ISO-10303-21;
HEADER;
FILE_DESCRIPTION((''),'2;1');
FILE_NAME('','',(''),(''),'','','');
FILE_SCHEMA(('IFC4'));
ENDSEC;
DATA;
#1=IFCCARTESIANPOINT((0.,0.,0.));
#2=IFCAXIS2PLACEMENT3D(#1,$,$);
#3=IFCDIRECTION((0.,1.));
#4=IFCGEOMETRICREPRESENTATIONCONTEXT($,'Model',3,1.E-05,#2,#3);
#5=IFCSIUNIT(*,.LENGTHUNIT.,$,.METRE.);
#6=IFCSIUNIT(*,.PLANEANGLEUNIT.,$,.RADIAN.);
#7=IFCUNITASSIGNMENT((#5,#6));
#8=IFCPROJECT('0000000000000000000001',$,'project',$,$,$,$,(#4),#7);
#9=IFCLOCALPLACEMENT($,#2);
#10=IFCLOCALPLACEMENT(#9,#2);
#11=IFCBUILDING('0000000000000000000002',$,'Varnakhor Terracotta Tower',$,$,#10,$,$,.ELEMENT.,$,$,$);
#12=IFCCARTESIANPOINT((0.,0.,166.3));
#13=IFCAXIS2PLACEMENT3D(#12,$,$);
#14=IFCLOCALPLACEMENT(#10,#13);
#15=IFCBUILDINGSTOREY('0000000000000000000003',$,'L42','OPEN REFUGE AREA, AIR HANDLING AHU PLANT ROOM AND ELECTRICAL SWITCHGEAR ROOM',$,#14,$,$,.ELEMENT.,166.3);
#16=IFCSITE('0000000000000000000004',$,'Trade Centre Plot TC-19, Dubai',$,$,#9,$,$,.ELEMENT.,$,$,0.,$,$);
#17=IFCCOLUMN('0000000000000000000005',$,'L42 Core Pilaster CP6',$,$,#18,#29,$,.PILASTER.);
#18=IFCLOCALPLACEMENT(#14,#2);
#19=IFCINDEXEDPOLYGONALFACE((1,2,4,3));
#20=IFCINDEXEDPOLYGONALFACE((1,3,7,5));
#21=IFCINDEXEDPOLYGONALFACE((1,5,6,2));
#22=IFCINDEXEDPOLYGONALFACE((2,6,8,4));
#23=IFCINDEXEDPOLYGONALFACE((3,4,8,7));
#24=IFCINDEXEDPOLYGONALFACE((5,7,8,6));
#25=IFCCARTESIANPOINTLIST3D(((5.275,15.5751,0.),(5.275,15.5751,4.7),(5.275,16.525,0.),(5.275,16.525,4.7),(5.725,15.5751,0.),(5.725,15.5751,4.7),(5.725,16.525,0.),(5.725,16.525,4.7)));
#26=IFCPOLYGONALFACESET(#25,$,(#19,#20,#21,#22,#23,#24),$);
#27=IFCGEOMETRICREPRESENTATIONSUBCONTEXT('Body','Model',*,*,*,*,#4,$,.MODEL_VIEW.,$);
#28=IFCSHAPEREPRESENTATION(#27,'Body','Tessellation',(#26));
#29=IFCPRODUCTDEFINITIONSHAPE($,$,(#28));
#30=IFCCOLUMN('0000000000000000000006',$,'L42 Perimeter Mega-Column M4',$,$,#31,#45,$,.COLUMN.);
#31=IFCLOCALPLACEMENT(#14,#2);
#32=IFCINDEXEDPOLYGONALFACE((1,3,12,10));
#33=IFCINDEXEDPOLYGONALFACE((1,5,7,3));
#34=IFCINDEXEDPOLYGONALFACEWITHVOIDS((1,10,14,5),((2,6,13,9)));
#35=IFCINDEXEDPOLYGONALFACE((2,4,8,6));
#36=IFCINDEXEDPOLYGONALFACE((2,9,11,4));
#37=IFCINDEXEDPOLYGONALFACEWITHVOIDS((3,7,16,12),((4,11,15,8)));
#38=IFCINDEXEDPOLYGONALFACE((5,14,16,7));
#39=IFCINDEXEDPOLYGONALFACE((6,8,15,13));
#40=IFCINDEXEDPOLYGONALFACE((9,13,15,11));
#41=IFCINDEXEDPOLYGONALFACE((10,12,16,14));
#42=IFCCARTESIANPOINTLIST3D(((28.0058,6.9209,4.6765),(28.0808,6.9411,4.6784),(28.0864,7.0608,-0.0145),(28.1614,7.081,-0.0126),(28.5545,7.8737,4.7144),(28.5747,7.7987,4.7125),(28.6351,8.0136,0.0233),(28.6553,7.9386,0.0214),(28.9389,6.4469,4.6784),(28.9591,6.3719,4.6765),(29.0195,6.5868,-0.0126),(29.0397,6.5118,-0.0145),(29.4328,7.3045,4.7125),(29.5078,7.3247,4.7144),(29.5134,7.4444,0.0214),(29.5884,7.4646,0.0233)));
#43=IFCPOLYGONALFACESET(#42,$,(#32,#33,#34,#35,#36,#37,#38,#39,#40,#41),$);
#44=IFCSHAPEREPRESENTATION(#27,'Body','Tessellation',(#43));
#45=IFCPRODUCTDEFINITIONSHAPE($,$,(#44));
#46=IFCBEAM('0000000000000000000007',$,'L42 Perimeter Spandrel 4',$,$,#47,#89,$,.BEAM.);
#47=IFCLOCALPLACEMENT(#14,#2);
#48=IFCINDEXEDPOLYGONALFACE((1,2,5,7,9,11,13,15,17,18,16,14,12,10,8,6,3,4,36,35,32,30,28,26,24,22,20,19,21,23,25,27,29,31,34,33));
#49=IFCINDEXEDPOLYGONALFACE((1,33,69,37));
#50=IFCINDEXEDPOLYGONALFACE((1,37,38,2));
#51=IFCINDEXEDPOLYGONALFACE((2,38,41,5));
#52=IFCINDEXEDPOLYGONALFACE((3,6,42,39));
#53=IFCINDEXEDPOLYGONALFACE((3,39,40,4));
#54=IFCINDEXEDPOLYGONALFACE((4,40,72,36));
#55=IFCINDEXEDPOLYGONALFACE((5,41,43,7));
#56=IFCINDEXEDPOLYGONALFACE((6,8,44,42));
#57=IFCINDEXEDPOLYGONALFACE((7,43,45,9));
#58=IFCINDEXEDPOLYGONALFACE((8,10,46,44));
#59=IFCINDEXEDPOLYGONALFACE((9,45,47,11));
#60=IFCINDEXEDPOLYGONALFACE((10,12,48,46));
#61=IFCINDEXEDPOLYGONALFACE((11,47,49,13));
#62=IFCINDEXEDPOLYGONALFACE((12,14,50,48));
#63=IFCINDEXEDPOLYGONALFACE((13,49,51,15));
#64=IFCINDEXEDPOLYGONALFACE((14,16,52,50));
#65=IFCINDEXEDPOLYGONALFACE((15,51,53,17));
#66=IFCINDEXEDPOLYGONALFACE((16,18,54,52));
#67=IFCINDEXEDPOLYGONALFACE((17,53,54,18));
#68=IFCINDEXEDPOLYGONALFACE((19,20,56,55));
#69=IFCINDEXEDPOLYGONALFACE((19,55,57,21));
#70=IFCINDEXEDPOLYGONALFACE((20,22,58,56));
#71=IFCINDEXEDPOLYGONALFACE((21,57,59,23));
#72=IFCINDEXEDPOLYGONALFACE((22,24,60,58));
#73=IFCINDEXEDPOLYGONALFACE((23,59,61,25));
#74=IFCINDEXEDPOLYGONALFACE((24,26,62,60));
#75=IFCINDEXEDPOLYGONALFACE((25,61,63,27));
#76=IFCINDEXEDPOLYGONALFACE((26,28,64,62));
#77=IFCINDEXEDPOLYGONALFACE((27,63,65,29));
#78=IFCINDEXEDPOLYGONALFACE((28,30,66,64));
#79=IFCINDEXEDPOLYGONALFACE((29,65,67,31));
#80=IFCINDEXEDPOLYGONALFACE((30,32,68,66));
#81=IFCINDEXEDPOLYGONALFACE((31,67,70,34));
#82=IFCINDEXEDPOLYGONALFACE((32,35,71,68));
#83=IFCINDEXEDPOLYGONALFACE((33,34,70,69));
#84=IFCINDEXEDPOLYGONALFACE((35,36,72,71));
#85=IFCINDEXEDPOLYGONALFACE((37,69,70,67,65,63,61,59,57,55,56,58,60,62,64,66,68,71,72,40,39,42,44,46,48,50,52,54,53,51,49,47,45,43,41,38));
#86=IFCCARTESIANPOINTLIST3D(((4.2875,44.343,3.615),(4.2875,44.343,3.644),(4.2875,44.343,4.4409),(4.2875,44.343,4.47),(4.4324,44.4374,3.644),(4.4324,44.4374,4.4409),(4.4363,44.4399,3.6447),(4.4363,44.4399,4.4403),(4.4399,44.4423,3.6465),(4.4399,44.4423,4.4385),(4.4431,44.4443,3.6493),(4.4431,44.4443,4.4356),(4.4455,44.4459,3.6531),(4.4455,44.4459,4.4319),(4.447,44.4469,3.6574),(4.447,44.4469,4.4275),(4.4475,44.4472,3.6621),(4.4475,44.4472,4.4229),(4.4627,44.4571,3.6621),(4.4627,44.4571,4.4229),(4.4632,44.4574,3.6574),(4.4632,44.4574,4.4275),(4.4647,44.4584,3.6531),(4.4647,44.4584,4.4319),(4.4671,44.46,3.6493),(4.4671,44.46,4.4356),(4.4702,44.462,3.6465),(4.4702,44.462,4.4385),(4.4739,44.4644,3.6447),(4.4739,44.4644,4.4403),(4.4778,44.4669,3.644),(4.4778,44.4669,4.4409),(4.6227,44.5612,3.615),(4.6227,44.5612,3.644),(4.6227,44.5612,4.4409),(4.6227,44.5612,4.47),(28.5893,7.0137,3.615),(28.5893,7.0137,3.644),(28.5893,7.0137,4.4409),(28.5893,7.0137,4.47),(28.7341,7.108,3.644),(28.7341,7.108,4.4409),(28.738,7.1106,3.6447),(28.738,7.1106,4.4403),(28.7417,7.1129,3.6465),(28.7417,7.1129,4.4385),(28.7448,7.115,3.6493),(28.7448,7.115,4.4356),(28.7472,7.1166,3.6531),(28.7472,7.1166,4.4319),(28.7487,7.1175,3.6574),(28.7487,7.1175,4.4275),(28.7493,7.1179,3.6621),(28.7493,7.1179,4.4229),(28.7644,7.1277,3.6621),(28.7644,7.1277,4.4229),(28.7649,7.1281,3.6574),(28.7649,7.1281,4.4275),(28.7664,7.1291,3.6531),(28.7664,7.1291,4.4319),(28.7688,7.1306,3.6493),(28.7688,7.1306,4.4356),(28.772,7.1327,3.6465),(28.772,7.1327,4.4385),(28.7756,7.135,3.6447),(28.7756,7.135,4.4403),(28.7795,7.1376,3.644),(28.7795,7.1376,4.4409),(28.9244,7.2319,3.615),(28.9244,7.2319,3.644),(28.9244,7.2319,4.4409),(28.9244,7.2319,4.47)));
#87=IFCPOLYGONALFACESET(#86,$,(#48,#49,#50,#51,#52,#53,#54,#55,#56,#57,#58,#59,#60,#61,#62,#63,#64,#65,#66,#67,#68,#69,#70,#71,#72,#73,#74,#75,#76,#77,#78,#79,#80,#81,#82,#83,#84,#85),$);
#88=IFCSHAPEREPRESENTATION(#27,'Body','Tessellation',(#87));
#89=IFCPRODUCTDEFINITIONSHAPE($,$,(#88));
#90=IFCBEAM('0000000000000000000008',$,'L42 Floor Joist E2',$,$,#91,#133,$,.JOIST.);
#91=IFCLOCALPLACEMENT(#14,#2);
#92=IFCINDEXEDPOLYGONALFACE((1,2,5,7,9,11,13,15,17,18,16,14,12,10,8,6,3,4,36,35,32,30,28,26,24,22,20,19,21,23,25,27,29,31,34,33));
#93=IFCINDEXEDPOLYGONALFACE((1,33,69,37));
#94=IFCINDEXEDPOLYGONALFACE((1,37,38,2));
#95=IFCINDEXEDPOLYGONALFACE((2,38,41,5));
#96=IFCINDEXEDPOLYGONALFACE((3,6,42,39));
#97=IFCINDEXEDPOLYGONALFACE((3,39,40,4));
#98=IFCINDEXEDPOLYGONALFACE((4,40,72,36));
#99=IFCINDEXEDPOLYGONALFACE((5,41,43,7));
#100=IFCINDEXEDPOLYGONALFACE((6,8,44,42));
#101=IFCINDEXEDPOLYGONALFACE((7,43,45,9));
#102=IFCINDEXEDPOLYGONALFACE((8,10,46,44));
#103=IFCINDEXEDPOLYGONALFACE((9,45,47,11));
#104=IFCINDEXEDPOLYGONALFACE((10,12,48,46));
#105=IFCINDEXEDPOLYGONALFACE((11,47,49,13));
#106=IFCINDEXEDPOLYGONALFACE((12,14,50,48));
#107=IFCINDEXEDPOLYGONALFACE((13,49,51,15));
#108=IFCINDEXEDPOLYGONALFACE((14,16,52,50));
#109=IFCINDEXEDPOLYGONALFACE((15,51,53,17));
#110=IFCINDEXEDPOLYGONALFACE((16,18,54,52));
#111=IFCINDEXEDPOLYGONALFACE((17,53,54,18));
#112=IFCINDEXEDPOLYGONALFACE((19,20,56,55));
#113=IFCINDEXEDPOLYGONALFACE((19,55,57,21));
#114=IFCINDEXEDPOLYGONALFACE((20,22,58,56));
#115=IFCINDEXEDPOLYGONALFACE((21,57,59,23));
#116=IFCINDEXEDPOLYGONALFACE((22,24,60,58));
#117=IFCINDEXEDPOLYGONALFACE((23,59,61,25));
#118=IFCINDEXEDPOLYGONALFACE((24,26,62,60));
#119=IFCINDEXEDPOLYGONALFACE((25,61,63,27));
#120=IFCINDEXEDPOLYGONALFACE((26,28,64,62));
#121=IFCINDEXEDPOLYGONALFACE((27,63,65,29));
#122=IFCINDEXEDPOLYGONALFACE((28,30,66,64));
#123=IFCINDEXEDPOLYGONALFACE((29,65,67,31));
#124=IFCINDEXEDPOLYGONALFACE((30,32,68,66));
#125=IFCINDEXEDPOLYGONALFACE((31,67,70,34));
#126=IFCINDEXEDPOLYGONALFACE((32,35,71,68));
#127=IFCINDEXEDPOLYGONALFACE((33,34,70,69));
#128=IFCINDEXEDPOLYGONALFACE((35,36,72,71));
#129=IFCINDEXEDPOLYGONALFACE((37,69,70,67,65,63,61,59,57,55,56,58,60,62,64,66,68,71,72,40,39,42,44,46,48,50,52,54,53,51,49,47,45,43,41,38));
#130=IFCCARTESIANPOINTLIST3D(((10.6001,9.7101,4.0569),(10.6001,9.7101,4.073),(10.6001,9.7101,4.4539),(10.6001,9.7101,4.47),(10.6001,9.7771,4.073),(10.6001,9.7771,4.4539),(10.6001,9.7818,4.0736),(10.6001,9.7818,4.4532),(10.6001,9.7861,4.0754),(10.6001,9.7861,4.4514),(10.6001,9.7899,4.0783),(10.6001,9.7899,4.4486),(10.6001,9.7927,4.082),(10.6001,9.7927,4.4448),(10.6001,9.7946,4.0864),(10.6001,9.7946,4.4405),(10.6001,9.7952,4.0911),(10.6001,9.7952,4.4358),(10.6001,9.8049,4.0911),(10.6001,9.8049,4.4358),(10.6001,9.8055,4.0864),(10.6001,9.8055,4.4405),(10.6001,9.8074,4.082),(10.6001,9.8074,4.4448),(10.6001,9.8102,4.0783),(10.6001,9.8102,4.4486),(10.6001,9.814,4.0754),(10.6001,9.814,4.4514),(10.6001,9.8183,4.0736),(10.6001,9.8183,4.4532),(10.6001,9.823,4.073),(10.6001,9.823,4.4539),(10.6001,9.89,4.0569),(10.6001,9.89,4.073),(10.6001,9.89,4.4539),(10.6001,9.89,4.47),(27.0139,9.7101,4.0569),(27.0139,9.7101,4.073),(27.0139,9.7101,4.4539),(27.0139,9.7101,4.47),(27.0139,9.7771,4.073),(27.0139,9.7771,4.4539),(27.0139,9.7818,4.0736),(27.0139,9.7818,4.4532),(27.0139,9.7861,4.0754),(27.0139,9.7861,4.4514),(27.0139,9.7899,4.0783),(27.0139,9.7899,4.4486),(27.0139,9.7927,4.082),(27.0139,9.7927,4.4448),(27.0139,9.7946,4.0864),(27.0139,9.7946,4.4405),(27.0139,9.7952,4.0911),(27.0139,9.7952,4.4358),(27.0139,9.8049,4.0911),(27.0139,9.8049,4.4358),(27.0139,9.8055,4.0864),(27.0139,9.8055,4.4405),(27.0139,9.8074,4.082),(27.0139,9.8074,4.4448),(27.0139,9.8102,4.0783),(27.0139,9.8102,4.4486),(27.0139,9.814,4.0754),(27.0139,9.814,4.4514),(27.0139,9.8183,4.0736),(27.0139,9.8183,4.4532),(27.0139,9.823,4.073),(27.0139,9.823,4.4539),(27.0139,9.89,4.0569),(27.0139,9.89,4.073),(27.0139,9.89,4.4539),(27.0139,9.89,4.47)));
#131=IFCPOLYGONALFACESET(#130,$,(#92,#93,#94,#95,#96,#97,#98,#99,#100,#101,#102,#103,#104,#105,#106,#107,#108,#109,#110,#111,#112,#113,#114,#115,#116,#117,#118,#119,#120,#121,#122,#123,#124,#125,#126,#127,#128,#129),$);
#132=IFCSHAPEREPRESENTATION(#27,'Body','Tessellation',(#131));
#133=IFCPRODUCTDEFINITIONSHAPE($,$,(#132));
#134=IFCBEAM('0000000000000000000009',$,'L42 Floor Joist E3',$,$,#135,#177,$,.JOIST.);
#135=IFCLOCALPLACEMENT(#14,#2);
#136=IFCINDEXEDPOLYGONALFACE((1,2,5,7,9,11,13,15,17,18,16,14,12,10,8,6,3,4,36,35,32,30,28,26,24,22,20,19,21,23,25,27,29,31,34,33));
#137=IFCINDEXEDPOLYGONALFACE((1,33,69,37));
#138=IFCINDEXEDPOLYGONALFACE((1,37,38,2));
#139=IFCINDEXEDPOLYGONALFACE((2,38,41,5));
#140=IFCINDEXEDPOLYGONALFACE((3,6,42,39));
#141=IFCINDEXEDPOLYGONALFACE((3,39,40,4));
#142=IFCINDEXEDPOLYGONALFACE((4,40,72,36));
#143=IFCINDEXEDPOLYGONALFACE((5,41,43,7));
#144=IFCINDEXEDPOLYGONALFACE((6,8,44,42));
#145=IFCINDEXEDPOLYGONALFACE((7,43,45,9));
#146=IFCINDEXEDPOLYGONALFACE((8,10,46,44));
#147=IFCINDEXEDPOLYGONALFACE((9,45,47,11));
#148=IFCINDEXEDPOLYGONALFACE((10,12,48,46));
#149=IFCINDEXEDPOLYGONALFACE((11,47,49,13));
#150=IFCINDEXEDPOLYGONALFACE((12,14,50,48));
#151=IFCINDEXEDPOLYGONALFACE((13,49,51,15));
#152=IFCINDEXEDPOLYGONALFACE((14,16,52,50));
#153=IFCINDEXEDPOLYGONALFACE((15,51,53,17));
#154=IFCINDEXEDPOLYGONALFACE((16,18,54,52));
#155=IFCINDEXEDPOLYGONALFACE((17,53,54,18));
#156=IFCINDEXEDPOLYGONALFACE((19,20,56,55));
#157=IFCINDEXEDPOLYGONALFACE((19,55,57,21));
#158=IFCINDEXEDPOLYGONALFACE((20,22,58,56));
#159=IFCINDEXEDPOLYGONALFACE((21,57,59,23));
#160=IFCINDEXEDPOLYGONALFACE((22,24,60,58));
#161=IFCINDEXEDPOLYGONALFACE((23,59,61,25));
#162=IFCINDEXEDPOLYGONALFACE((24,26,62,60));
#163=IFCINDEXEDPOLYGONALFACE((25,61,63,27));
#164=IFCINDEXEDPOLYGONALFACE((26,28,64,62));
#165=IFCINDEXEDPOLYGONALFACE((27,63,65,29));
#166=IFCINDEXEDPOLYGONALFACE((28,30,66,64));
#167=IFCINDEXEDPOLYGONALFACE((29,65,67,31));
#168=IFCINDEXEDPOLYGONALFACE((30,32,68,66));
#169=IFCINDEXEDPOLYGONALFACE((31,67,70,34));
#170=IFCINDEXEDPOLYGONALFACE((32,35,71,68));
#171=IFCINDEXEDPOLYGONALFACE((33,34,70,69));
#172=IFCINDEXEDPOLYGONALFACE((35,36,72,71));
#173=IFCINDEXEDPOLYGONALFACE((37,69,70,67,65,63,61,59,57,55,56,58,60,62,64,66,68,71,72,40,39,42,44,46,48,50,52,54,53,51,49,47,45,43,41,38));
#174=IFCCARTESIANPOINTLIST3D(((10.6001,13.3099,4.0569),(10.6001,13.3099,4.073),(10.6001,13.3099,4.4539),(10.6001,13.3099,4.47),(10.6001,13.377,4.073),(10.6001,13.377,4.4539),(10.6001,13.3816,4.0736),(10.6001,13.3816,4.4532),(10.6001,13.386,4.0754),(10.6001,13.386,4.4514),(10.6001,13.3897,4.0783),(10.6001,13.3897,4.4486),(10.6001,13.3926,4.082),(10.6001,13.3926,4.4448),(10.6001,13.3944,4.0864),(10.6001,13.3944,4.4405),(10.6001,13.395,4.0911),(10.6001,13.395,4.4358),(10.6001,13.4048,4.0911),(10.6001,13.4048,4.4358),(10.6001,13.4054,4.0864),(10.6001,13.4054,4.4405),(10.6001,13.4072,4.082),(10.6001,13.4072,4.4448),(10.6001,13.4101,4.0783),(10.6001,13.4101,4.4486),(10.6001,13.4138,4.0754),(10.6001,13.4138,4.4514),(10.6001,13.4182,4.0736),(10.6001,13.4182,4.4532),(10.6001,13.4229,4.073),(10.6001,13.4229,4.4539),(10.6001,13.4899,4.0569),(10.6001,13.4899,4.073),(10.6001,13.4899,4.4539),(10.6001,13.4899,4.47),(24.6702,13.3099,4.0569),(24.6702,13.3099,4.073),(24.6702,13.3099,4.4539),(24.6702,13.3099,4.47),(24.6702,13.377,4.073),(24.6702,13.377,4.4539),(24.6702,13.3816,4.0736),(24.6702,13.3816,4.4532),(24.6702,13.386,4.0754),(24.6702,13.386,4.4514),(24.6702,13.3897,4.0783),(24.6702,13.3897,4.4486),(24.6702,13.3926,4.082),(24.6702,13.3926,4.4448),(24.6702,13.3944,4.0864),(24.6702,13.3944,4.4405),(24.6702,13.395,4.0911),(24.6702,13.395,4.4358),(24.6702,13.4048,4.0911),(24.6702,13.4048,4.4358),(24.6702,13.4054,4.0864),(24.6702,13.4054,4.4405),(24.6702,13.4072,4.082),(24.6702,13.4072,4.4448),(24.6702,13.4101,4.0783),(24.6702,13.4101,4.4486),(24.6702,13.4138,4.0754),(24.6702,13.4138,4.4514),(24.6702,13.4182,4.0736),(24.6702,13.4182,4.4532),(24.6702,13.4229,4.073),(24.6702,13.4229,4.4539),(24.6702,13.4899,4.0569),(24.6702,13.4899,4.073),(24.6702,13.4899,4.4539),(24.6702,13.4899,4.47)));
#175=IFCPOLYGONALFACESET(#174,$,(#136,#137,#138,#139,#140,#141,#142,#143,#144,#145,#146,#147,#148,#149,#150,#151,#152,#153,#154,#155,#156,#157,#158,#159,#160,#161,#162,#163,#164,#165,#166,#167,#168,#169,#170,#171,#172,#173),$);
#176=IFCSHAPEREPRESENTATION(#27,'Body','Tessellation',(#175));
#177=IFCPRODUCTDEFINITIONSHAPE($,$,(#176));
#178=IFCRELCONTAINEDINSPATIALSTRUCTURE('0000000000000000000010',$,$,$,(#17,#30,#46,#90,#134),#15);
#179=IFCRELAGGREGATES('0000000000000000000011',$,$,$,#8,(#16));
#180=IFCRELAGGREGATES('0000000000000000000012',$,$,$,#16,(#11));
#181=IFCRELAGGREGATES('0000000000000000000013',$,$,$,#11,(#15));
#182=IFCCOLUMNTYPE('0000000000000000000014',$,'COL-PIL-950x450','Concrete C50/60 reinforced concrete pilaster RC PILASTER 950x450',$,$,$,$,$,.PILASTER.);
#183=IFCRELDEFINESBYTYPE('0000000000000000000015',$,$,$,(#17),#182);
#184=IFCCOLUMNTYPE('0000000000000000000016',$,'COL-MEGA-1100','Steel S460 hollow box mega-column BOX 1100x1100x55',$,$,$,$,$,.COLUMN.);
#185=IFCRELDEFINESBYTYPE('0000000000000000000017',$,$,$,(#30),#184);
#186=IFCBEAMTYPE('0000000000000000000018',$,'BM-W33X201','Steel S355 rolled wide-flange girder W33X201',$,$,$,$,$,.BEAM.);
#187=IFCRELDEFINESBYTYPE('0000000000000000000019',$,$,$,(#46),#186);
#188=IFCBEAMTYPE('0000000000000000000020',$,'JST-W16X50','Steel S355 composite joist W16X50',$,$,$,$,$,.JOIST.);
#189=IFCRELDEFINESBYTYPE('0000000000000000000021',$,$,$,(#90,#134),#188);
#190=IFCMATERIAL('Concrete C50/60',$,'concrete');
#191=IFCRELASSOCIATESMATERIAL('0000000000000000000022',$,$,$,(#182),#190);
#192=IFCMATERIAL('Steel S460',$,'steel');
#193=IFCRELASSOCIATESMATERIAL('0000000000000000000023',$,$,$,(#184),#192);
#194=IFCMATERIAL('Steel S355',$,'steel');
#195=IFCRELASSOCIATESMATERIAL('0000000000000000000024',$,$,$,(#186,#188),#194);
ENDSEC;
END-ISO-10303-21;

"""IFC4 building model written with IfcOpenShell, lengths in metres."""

from ifc_helpers import new_model, si_unit, direction, frame, origin, origin_2d, place, context, subcontext, project, spatial, rectangle, hollow_rectangle, i_section, extrude, source, transform, mapped, material, material_profile, profile_set, type_object, element, save


model = new_model("IFC4")

# Units and contexts
model_context = context("Model", 3, precision=1e-05, world=origin(), true_north=direction((0.0, 1.0)))
body_context = subcontext(model_context, "Body", "Model", "MODEL_VIEW")
ifc_project = project(units=[si_unit("LENGTHUNIT", "METRE"), si_unit("PLANEANGLEUNIT", "RADIAN")], contexts=[model_context])

# Site, building, storey
site_placement = place(None, origin())
site = spatial("IfcSite", under=ifc_project, at=site_placement, Name="Trade Centre Plot TC-19, Dubai", CompositionType="ELEMENT", RefElevation=0.0)
building_placement = place(site_placement, origin())
building = spatial("IfcBuilding", under=site, at=building_placement, Name="Varnakhor Terracotta Tower", CompositionType="ELEMENT")
storey_placement = place(building_placement, frame((0.0, 0.0, 166.3)))
storey = spatial("IfcBuildingStorey", under=building, at=storey_placement, Name="L42", Description="OPEN REFUGE AREA, AIR HANDLING AHU PLANT ROOM AND ELECTRICAL SWITCHGEAR ROOM", CompositionType="ELEMENT", Elevation=166.3)

# Columns
ifc_material_1 = material(Name="Concrete C50/60", Category="concrete")
ifc_material_profile_1 = material_profile(ifc_material_1, rectangle(XDim=0.45, YDim=0.95, at=origin_2d()), Name="RC PILASTER 950x450")
ifc_profile_set_1 = profile_set([ifc_material_profile_1], Name="Concrete C50/60")
column_type_1 = type_object("IfcColumnType", Name="COL-PIL-950x450", Description="Concrete C50/60 reinforced concrete pilaster RC PILASTER 950x450", PredefinedType="PILASTER", material=ifc_profile_set_1)
shared_shape_1 = source(origin(), body_context, "Body", "SweptSolid", [
    extrude(rectangle(XDim=0.45, YDim=0.95, at=origin_2d()), origin(), (0.0, 0.0, 1.0), 4.7),
])
column_1_placement = place(storey_placement, frame((5.5, 16.05, 0.0), z_axis=(0.0, 0.0, 1.0), x_axis=(1.0, 0.0, 0.0)))
element("IfcColumn", 1, at=column_1_placement, inside=storey, type_object=column_type_1, Name="L42 Core Pilaster CP6", PredefinedType="PILASTER", context=body_context, shape_type="MappedRepresentation", body=[
    mapped(shared_shape_1, transform((0.0, 0.0, 0.0), scale=1.0)),
])
ifc_material_2 = material(Name="Steel S460", Category="steel")
ifc_material_profile_2 = material_profile(ifc_material_2, hollow_rectangle(XDim=1.1001, YDim=1.1001, WallThickness=0.0549, at=origin_2d()), Name="BOX 1100x1100x55")
ifc_profile_set_2 = profile_set([ifc_material_profile_2], Name="Steel S460")
column_type_2 = type_object("IfcColumnType", Name="COL-MEGA-1100", Description="Steel S460 hollow box mega-column BOX 1100x1100x55", PredefinedType="COLUMN", material=ifc_profile_set_2)
shared_shape_2 = source(origin(), body_context, "Body", "SweptSolid", [
    extrude(hollow_rectangle(XDim=1.1001, YDim=1.1001, WallThickness=0.0549, at=origin_2d()), origin(), (0.0, 0.0, 1.0), 4.6938),
])
column_2_placement = place(storey_placement, frame((28.8374, 7.2627, 0.0044), z_axis=(-0.017164, -0.029803, 0.999408), x_axis=(0.866563, -0.499068, 0.0)))
element("IfcColumn", 2, at=column_2_placement, inside=storey, type_object=column_type_2, Name="L42 Perimeter Mega-Column M4", PredefinedType="COLUMN", context=body_context, shape_type="MappedRepresentation", body=[
    mapped(shared_shape_2, transform((0.0, 0.0, 0.0), scale=1.0)),
])

# Beams
ifc_material_3 = material(Name="Steel S355", Category="steel")
ifc_material_profile_3 = material_profile(ifc_material_3, i_section(OverallWidth=0.3999, OverallDepth=0.855, WebThickness=0.0181, FlangeThickness=0.0291, FilletRadius=0.0181, at=origin_2d()), Name="W33X201")
ifc_profile_set_3 = profile_set([ifc_material_profile_3], Name="Steel S355")
beam_type_1 = type_object("IfcBeamType", Name="BM-W33X201", Description="Steel S355 rolled wide-flange girder W33X201", PredefinedType="BEAM", material=ifc_profile_set_3)
shared_shape_3 = source(origin(), body_context, "Body", "SweptSolid", [
    extrude(i_section(OverallWidth=0.3999, OverallDepth=0.855, WebThickness=0.0181, FlangeThickness=0.0291, FilletRadius=0.0181, at=origin_2d()), origin(), (0.0, 0.0, 1.0), 44.5427),
])
beam_1_placement = place(storey_placement, frame((28.7568, 7.1228, 4.0425), z_axis=(-0.545583, 0.838057, 0.0), x_axis=(-0.838057, -0.545583, 0.0)))
element("IfcBeam", 3, at=beam_1_placement, inside=storey, type_object=beam_type_1, Name="L42 Perimeter Spandrel 4", PredefinedType="BEAM", context=body_context, shape_type="MappedRepresentation", body=[
    mapped(shared_shape_3, transform((0.0, 0.0, 0.0), scale=1.0)),
])
ifc_material_profile_4 = material_profile(ifc_material_3, i_section(OverallWidth=0.1799, OverallDepth=0.4131, WebThickness=0.0098, FlangeThickness=0.0161, FilletRadius=0.0181, at=origin_2d()), Name="W16X50")
ifc_profile_set_4 = profile_set([ifc_material_profile_4], Name="Steel S355")
beam_type_2 = type_object("IfcBeamType", Name="JST-W16X50", Description="Steel S355 composite joist W16X50", PredefinedType="JOIST", material=ifc_profile_set_4)
shared_shape_4 = source(origin(), body_context, "Body", "SweptSolid", [
    extrude(i_section(OverallWidth=0.1799, OverallDepth=0.4131, WebThickness=0.0098, FlangeThickness=0.0161, FilletRadius=0.0181, at=origin_2d()), origin(), (0.0, 0.0, 1.0), 16.4138),
])
beam_2_placement = place(storey_placement, frame((10.6001, 9.8, 4.2634), z_axis=(1.0, 0.0, 0.0), x_axis=(0.0, 1.0, 0.0)))
element("IfcBeam", 4, at=beam_2_placement, inside=storey, type_object=beam_type_2, Name="L42 Floor Joist E2", PredefinedType="JOIST", context=body_context, shape_type="MappedRepresentation", body=[
    mapped(shared_shape_4, transform((0.0, 0.0, 0.0), scale=1.0)),
])
shared_shape_5 = source(origin(), body_context, "Body", "SweptSolid", [
    extrude(i_section(OverallWidth=0.1799, OverallDepth=0.4131, WebThickness=0.0098, FlangeThickness=0.0161, FilletRadius=0.0181, at=origin_2d()), origin(), (0.0, 0.0, 1.0), 14.0701),
])
beam_3_placement = place(storey_placement, frame((10.6001, 13.3999, 4.2634), z_axis=(1.0, 0.0, 0.0), x_axis=(0.0, 1.0, 0.0)))
element("IfcBeam", 5, at=beam_3_placement, inside=storey, type_object=beam_type_2, Name="L42 Floor Joist E3", PredefinedType="JOIST", context=body_context, shape_type="MappedRepresentation", body=[
    mapped(shared_shape_5, transform((0.0, 0.0, 0.0), scale=1.0)),
])

save(model, "model.ifc")
